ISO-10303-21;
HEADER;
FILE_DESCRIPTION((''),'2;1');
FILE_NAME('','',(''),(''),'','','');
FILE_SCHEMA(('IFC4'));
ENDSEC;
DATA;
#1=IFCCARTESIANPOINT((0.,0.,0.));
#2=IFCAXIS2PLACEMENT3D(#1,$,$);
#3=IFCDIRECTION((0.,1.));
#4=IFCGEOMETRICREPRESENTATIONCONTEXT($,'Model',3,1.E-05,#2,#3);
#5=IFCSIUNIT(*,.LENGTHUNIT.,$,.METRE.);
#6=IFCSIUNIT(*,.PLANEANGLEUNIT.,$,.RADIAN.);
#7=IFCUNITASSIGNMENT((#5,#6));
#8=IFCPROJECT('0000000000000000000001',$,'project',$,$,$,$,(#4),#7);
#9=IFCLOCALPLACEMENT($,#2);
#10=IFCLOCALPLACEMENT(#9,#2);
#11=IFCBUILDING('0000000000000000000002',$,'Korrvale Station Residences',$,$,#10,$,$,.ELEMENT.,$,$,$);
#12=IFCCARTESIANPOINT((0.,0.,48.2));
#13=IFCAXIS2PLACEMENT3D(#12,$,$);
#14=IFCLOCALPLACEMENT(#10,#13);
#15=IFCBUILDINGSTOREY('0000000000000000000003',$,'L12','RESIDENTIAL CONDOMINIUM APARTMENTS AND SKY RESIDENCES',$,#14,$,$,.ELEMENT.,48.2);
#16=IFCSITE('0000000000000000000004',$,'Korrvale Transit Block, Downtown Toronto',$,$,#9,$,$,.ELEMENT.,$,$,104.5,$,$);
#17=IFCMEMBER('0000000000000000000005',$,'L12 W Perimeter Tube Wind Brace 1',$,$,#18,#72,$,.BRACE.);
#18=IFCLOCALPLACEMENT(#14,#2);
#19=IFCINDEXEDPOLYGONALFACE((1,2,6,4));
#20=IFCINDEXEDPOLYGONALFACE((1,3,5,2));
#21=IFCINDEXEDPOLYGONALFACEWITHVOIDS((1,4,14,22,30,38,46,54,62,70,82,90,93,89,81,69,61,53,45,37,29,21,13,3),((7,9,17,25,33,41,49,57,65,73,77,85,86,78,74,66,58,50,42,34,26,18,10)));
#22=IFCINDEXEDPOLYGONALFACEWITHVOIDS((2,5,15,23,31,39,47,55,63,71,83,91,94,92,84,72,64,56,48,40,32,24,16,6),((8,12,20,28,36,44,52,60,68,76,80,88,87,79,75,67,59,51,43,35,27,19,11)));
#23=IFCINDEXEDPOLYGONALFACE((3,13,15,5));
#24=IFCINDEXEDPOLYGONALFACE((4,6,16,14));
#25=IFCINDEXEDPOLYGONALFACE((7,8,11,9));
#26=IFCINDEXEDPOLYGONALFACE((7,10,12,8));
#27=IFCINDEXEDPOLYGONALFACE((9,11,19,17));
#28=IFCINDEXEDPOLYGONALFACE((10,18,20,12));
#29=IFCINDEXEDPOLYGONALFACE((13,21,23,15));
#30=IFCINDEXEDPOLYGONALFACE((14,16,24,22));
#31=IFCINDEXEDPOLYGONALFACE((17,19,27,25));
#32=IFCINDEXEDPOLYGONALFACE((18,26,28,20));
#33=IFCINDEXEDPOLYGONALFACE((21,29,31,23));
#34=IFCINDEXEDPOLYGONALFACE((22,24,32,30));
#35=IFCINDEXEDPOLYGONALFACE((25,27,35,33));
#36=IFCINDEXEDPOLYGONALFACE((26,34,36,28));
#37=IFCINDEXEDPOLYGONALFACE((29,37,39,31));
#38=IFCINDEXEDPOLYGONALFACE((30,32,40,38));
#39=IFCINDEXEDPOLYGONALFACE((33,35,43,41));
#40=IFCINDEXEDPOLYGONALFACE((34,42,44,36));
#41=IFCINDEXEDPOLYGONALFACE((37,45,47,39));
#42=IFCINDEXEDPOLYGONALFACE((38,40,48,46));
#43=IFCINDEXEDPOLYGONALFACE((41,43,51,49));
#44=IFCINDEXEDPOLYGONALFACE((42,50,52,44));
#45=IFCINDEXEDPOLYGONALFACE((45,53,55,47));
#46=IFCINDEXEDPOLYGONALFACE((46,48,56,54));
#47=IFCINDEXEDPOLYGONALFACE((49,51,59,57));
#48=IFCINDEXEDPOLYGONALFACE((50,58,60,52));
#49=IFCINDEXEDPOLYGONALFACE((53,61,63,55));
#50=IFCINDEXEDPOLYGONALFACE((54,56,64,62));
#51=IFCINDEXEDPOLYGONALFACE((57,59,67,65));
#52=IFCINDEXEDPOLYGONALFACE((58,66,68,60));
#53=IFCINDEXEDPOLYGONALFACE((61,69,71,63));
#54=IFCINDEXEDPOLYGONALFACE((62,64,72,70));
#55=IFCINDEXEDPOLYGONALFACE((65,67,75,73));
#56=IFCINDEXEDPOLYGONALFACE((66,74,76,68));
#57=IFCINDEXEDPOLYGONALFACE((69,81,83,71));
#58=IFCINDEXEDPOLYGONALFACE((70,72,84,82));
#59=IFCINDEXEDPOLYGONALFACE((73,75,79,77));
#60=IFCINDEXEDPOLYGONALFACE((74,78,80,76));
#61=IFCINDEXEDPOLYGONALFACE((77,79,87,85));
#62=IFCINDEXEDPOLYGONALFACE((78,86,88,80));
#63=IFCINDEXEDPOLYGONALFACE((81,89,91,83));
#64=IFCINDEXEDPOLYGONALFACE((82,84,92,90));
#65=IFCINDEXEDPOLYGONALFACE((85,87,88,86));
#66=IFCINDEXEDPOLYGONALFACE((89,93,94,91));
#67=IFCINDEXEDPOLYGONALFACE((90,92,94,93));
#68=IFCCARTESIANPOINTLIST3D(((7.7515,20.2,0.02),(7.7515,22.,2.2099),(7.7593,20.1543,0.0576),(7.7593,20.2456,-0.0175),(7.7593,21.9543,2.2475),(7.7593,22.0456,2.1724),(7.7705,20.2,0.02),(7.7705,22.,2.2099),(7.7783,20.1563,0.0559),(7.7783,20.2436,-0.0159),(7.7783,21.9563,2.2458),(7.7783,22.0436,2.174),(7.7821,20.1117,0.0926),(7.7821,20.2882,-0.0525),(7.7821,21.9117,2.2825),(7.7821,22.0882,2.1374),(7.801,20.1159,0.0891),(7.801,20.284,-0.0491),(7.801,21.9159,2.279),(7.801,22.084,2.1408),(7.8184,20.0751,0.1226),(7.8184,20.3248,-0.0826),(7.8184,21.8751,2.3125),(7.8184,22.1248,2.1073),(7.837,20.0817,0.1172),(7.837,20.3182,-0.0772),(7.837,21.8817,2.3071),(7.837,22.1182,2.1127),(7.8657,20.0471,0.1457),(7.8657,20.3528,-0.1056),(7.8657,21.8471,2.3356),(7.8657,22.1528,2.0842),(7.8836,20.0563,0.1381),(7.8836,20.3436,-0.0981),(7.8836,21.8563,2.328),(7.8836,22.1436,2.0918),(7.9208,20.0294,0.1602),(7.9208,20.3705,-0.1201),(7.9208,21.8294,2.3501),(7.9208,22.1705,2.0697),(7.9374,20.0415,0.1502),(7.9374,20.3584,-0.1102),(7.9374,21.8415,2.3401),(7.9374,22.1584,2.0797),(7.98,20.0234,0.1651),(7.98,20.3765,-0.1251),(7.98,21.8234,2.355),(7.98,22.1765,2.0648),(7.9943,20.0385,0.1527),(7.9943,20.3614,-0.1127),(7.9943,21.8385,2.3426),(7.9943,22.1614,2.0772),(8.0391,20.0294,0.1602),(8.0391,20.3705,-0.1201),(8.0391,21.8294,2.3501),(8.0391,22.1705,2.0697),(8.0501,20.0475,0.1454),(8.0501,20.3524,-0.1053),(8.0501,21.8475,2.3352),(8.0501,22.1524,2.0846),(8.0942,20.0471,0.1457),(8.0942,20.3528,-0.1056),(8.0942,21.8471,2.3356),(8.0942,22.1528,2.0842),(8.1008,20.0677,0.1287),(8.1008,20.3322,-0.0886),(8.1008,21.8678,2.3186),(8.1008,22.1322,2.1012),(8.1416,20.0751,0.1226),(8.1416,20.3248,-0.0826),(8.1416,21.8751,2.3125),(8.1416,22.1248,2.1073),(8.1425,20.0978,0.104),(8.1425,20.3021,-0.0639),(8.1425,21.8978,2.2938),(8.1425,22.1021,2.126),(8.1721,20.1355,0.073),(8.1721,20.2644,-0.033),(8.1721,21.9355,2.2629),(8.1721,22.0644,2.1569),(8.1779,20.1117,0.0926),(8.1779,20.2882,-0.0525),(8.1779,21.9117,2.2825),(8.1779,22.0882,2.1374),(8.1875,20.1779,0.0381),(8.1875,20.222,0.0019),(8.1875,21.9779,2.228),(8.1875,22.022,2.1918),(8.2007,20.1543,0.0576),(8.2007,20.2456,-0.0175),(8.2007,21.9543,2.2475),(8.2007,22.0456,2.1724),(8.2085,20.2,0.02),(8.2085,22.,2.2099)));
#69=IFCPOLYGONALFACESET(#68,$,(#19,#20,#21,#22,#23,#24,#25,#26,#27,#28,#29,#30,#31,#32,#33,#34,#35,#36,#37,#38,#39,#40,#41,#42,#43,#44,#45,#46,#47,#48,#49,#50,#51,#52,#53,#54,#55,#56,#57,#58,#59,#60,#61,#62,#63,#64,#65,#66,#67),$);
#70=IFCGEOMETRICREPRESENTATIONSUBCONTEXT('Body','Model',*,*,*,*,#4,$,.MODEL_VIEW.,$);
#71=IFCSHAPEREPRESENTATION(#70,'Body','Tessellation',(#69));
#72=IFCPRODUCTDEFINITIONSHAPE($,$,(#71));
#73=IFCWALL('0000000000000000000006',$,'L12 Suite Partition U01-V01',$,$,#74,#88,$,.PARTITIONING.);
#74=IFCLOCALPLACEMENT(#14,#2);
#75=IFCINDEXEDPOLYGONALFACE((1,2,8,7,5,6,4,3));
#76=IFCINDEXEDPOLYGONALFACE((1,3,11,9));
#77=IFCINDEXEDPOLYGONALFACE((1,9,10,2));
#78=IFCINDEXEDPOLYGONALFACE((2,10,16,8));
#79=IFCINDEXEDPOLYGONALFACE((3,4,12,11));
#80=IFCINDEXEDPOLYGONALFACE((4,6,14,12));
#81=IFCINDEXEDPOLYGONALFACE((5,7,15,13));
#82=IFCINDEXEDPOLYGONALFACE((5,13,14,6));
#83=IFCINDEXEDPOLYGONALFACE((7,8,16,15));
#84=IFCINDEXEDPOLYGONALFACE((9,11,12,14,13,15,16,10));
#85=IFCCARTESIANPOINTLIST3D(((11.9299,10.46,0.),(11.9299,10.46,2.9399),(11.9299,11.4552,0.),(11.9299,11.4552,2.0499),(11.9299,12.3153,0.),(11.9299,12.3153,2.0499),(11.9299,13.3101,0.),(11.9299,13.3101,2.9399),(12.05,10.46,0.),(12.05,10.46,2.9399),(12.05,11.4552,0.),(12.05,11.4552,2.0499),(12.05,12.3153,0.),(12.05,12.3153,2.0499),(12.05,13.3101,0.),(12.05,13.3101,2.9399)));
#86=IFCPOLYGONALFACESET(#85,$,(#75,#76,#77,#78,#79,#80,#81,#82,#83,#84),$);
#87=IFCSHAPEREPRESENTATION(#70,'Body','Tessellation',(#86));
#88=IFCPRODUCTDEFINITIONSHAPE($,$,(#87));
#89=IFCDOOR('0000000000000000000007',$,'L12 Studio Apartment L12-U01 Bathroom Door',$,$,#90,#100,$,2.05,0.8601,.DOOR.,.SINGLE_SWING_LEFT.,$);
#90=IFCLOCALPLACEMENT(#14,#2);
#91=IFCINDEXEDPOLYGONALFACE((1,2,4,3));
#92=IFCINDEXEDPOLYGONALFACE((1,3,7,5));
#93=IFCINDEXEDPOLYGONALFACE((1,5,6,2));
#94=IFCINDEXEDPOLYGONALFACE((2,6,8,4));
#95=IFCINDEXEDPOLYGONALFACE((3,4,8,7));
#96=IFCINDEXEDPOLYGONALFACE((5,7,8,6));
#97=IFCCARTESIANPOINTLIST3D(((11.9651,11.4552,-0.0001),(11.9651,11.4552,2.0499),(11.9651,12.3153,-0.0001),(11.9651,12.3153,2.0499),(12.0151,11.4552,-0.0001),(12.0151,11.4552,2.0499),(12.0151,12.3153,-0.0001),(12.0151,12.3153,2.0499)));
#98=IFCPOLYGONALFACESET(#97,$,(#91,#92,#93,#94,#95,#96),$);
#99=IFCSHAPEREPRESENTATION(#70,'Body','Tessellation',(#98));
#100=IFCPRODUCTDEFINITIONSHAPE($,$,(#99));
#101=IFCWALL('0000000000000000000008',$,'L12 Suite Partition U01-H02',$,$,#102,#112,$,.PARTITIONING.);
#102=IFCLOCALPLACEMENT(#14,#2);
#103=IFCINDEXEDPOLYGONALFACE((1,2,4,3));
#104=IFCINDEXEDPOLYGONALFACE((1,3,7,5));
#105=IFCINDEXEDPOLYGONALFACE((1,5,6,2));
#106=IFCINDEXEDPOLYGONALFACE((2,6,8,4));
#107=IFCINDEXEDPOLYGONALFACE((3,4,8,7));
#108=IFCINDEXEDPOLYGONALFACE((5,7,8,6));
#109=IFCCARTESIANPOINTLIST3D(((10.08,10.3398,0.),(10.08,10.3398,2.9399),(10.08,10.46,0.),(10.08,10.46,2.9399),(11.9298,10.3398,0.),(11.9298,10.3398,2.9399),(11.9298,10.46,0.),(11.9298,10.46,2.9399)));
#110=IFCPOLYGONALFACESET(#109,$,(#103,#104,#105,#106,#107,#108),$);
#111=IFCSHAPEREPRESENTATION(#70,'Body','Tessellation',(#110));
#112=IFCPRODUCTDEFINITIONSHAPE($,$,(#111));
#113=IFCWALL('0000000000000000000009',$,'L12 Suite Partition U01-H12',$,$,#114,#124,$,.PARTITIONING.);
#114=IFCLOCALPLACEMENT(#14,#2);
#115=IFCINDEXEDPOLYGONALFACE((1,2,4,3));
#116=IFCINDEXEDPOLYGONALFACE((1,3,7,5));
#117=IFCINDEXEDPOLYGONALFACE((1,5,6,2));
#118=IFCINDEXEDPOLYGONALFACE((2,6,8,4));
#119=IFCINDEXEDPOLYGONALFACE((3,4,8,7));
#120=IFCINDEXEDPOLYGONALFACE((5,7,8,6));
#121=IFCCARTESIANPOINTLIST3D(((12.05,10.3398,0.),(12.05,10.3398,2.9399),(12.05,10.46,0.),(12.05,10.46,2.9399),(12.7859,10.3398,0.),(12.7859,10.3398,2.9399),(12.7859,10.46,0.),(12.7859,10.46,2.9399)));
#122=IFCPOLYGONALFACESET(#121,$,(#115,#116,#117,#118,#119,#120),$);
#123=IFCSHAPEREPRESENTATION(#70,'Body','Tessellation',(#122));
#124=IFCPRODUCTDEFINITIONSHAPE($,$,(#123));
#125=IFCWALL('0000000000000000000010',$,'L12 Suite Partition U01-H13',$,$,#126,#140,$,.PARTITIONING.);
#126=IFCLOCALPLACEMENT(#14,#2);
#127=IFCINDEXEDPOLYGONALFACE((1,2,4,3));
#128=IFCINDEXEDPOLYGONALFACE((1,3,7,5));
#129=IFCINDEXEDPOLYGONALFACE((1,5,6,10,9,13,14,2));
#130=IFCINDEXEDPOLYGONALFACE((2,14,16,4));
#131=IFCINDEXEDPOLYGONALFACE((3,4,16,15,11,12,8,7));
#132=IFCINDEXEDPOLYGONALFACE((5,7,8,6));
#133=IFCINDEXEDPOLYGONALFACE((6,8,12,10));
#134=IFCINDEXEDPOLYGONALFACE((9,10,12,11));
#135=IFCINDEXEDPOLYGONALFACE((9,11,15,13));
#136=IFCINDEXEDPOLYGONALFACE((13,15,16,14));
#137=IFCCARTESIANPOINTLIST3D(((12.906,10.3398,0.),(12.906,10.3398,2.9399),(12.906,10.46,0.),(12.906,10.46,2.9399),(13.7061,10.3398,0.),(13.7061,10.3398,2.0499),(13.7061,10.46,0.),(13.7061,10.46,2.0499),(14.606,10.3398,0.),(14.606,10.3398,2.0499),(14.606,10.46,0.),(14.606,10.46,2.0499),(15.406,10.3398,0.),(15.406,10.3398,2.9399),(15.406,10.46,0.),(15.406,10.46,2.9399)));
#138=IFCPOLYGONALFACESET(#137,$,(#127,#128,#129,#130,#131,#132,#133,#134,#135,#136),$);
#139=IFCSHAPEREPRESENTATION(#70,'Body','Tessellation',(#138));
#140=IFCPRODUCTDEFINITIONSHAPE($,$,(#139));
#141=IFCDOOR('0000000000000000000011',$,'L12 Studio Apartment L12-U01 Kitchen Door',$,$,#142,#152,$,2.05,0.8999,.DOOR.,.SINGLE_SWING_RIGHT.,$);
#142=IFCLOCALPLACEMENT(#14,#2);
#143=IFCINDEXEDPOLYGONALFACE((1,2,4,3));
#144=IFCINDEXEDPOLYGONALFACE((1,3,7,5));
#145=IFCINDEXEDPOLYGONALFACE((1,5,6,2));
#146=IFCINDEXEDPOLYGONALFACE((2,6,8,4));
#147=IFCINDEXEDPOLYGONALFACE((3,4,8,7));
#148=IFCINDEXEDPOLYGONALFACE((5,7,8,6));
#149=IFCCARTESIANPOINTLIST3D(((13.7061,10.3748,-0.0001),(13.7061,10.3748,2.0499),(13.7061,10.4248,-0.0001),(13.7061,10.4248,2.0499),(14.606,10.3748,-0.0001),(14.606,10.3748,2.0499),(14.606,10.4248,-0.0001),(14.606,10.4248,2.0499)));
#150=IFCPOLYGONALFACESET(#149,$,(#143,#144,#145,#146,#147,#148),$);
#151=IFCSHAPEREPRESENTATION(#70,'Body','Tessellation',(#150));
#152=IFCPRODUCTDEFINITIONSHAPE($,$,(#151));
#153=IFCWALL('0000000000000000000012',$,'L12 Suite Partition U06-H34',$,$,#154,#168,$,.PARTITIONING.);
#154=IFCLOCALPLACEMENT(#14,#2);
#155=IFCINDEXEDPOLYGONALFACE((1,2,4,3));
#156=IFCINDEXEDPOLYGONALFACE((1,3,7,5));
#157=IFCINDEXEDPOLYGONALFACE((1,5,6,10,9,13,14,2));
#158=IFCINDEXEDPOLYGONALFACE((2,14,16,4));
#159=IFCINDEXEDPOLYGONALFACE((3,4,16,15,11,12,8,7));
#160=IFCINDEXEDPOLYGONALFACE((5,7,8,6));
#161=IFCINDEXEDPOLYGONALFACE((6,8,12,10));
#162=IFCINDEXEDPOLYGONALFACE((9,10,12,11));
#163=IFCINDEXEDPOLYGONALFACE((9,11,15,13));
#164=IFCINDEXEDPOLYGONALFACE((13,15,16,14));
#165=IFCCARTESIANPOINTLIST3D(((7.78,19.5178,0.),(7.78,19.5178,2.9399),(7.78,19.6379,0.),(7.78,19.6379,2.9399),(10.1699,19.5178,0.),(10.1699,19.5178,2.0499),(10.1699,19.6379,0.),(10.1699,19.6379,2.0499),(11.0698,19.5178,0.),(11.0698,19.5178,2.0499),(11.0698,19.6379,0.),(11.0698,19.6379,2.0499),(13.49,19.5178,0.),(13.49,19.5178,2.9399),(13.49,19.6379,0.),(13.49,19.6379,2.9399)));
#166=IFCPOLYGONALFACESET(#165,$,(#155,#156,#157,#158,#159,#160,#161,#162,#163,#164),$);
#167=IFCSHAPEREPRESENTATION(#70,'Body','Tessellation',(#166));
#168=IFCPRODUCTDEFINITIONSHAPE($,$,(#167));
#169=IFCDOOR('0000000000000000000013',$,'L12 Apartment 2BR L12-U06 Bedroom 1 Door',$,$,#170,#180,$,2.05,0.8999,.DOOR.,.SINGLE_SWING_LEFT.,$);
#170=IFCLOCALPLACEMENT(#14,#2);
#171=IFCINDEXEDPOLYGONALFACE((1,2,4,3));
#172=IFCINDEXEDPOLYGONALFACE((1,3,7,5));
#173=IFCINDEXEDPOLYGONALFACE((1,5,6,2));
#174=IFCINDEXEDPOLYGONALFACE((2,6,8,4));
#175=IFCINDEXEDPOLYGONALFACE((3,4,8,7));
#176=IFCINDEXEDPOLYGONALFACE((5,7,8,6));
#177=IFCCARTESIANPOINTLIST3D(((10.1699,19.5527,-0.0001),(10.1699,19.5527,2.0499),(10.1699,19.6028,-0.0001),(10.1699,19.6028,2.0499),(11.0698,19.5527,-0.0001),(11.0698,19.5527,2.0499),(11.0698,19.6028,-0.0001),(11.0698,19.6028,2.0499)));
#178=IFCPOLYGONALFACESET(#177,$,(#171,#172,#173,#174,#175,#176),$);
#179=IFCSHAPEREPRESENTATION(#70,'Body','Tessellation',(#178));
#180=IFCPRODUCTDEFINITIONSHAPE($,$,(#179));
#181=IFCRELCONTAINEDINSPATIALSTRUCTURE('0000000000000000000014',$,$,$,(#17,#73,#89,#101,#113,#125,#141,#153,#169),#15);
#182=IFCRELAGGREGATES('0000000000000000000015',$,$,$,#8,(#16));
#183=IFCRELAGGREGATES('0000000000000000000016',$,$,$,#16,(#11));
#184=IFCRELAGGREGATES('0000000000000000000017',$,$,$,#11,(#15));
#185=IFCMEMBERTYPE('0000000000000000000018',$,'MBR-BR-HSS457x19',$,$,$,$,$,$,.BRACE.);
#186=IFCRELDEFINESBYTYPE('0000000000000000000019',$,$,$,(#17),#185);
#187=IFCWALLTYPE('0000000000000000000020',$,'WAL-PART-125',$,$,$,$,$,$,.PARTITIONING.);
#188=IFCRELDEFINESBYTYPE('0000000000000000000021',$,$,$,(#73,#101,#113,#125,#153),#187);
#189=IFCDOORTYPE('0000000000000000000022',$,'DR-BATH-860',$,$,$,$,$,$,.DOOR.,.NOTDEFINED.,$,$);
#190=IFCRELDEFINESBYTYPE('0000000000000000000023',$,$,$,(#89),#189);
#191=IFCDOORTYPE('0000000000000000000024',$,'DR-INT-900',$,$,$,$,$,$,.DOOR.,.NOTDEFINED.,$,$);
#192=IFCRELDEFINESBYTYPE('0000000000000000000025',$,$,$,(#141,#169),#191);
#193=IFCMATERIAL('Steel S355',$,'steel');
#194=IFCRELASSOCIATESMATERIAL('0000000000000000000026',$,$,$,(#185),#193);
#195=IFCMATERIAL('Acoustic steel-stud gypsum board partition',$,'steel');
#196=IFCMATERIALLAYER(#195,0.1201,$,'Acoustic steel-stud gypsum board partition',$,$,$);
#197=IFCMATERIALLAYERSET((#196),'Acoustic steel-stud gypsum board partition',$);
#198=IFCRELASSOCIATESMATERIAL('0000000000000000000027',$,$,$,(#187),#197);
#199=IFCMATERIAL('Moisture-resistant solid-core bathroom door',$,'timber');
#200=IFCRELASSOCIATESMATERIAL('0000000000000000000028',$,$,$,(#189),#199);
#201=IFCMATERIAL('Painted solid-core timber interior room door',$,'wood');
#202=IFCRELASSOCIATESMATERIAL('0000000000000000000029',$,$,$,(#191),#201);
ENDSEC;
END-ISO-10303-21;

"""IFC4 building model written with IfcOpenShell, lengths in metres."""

from ifc_helpers import new_model, si_unit, direction, frame, frame_2d, origin, origin_2d, place, context, subcontext, project, spatial, rectangle, hollow_circle, extrude, material, layer, layer_set, material_profile, profile_set, type_object, element, fill, save


model = new_model("IFC4")

# Units and contexts
model_context = context("Model", 3, precision=1e-05, world=origin(), true_north=direction((0.0, 1.0)))
body_context = subcontext(model_context, "Body", "Model", "MODEL_VIEW")
ifc_project = project(units=[si_unit("LENGTHUNIT", "METRE"), si_unit("PLANEANGLEUNIT", "RADIAN")], contexts=[model_context])

# Site, building, storey
site_placement = place(None, origin())
site = spatial("IfcSite", under=ifc_project, at=site_placement, Name="Korrvale Transit Block, Downtown Toronto", CompositionType="ELEMENT", RefElevation=104.5)
building_placement = place(site_placement, origin())
building = spatial("IfcBuilding", under=site, at=building_placement, Name="Korrvale Station Residences", CompositionType="ELEMENT")
storey_placement = place(building_placement, frame((0.0, 0.0, 48.2)))
storey = spatial("IfcBuildingStorey", under=building, at=storey_placement, Name="L12", Description="RESIDENTIAL CONDOMINIUM APARTMENTS AND SKY RESIDENCES", CompositionType="ELEMENT", Elevation=48.2)

# Shared definitions
ifc_material_1 = material(Name="Steel S355", Category="steel")

# Member
ifc_material_profile_1 = material_profile(ifc_material_1, hollow_circle(Radius=0.2285, WallThickness=0.019, at=origin_2d()), Name="HSS457x19")
ifc_profile_set_1 = profile_set([ifc_material_profile_1], Name="Steel S355")
member_type = type_object("IfcMemberType", Name="MBR-BR-HSS457x19", PredefinedType="BRACE", material=ifc_profile_set_1)
member_placement = place(storey_placement, frame((7.98, 20.2, 0.02), z_axis=(0.0, 0.634985, 0.772524), x_axis=(-1.0, 0.0, 0.0)))
element("IfcMember", 1, at=member_placement, inside=storey, type_object=member_type, Name="L12 W Perimeter Tube Wind Brace 1", PredefinedType="BRACE", context=body_context, shape_type="SweptSolid", body=[
    extrude(hollow_circle(Radius=0.2285, WallThickness=0.019, at=origin_2d()), origin(), (0.0, 0.0, 1.0), 2.8347),
])

# Wall, opening, door
ifc_material_2 = material(Name="Acoustic steel-stud gypsum board partition", Category="steel")
ifc_layer_1 = layer(ifc_material_2, 0.1201, Name="Acoustic steel-stud gypsum board partition")
ifc_layer_set_1 = layer_set([ifc_layer_1], Name="Acoustic steel-stud gypsum board partition")
wall_type_1 = type_object("IfcWallType", Name="WAL-PART-125", PredefinedType="PARTITIONING", material=ifc_layer_set_1)
wall_1_placement = place(storey_placement, frame((11.99, 10.46, 0.0), z_axis=(0.0, 0.0, 1.0), x_axis=(0.0, 1.0, 0.0)))
wall_1 = element("IfcWall", 2, at=wall_1_placement, inside=storey, type_object=wall_type_1, Name="L12 Suite Partition U01-V01", PredefinedType="PARTITIONING", context=body_context, shape_type="SweptSolid", body=[
    extrude(rectangle(XDim=2.8501, YDim=0.1201, at=frame_2d((1.425, 0.0))), origin(), (0.0, 0.0, 1.0), 2.9399),
])
opening_1_placement = place(wall_1_placement, frame((0.9951, 0.0, 0.0)))
opening_1 = element("IfcOpeningElement", 3, at=opening_1_placement, cuts=wall_1, PredefinedType="OPENING", context=body_context, shape_type="SweptSolid", body=[
    extrude(rectangle(XDim=0.8601, YDim=2.05, at=frame_2d((0.4302, 1.0249))), frame((0.0, 0.0701, 0.0), z_axis=(0.0, -1.0, 0.0), x_axis=(1.0, 0.0, 0.0)), (0.0, 0.0, 1.0), 0.1401),
])
ifc_material_3 = material(Name="Moisture-resistant solid-core bathroom door", Category="timber")
door_type_1 = type_object("IfcDoorType", Name="DR-BATH-860", OperationType="NOTDEFINED", PredefinedType="DOOR", material=ifc_material_3)
door_1_placement = place(opening_1_placement, origin())
door_1 = element("IfcDoor", 4, at=door_1_placement, inside=storey, type_object=door_type_1, Name="L12 Studio Apartment L12-U01 Bathroom Door", OperationType="SINGLE_SWING_LEFT", OverallHeight=2.05, OverallWidth=0.8601, PredefinedType="DOOR", context=body_context, shape_type="SweptSolid", body=[
    extrude(rectangle(XDim=0.8601, YDim=2.05, at=frame_2d((0.4302, 1.0249))), frame((0.0, 0.0249, 0.0), z_axis=(0.0, -1.0, 0.0), x_axis=(1.0, 0.0, 0.0)), (0.0, 0.0, 1.0), 0.05),
])
fill(opening_1, door_1)

# Walls
wall_2_placement = place(storey_placement, frame((10.0801, 10.3999, 0.0), z_axis=(0.0, 0.0, 1.0), x_axis=(1.0, 0.0, 0.0)))
element("IfcWall", 5, at=wall_2_placement, inside=storey, type_object=wall_type_1, Name="L12 Suite Partition U01-H02", PredefinedType="PARTITIONING", context=body_context, shape_type="SweptSolid", body=[
    extrude(rectangle(XDim=1.8499, YDim=0.1201, at=frame_2d((0.9248, 0.0))), origin(), (0.0, 0.0, 1.0), 2.9399),
])
wall_3_placement = place(storey_placement, frame((12.05, 10.3999, 0.0), z_axis=(0.0, 0.0, 1.0), x_axis=(1.0, 0.0, 0.0)))
element("IfcWall", 6, at=wall_3_placement, inside=storey, type_object=wall_type_1, Name="L12 Suite Partition U01-H12", PredefinedType="PARTITIONING", context=body_context, shape_type="SweptSolid", body=[
    extrude(rectangle(XDim=0.7358, YDim=0.1201, at=frame_2d((0.3679, 0.0))), origin(), (0.0, 0.0, 1.0), 2.9399),
])

# Walls, openings, doors
wall_4_placement = place(storey_placement, frame((12.906, 10.3999, 0.0), z_axis=(0.0, 0.0, 1.0), x_axis=(1.0, 0.0, 0.0)))
wall_4 = element("IfcWall", 7, at=wall_4_placement, inside=storey, type_object=wall_type_1, Name="L12 Suite Partition U01-H13", PredefinedType="PARTITIONING", context=body_context, shape_type="SweptSolid", body=[
    extrude(rectangle(XDim=2.5, YDim=0.1201, at=frame_2d((1.25, 0.0))), origin(), (0.0, 0.0, 1.0), 2.9399),
])
opening_2_placement = place(wall_4_placement, frame((0.8, 0.0, 0.0)))
opening_2 = element("IfcOpeningElement", 8, at=opening_2_placement, cuts=wall_4, PredefinedType="OPENING", context=body_context, shape_type="SweptSolid", body=[
    extrude(rectangle(XDim=0.8999, YDim=2.05, at=frame_2d((0.45, 1.0249))), frame((0.0, 0.0701, 0.0), z_axis=(0.0, -1.0, 0.0), x_axis=(1.0, 0.0, 0.0)), (0.0, 0.0, 1.0), 0.1401),
])
ifc_material_4 = material(Name="Painted solid-core timber interior room door", Category="wood")
door_type_2 = type_object("IfcDoorType", Name="DR-INT-900", OperationType="NOTDEFINED", PredefinedType="DOOR", material=ifc_material_4)
door_2_placement = place(opening_2_placement, origin())
door_2 = element("IfcDoor", 9, at=door_2_placement, inside=storey, type_object=door_type_2, Name="L12 Studio Apartment L12-U01 Kitchen Door", OperationType="SINGLE_SWING_RIGHT", OverallHeight=2.05, OverallWidth=0.8999, PredefinedType="DOOR", context=body_context, shape_type="SweptSolid", body=[
    extrude(rectangle(XDim=0.8999, YDim=2.05, at=frame_2d((0.45, 1.0249))), frame((0.0, 0.0249, 0.0), z_axis=(0.0, -1.0, 0.0), x_axis=(1.0, 0.0, 0.0)), (0.0, 0.0, 1.0), 0.05),
])
fill(opening_2, door_2)
wall_5_placement = place(storey_placement, frame((7.78, 19.5779, 0.0), z_axis=(0.0, 0.0, 1.0), x_axis=(1.0, 0.0, 0.0)))
wall_5 = element("IfcWall", 10, at=wall_5_placement, inside=storey, type_object=wall_type_1, Name="L12 Suite Partition U06-H34", PredefinedType="PARTITIONING", context=body_context, shape_type="SweptSolid", body=[
    extrude(rectangle(XDim=5.71, YDim=0.1201, at=frame_2d((2.855, 0.0))), origin(), (0.0, 0.0, 1.0), 2.9399),
])
opening_3_placement = place(wall_5_placement, frame((2.3899, 0.0, 0.0)))
opening_3 = element("IfcOpeningElement", 11, at=opening_3_placement, cuts=wall_5, PredefinedType="OPENING", context=body_context, shape_type="SweptSolid", body=[
    extrude(rectangle(XDim=0.8999, YDim=2.05, at=frame_2d((0.45, 1.0249))), frame((0.0, 0.0701, 0.0), z_axis=(0.0, -1.0, 0.0), x_axis=(1.0, 0.0, 0.0)), (0.0, 0.0, 1.0), 0.1401),
])
door_3_placement = place(opening_3_placement, origin())
door_3 = element("IfcDoor", 12, at=door_3_placement, inside=storey, type_object=door_type_2, Name="L12 Apartment 2BR L12-U06 Bedroom 1 Door", OperationType="SINGLE_SWING_LEFT", OverallHeight=2.05, OverallWidth=0.8999, PredefinedType="DOOR", context=body_context, shape_type="SweptSolid", body=[
    extrude(rectangle(XDim=0.8999, YDim=2.05, at=frame_2d((0.45, 1.0249))), frame((0.0, 0.0249, 0.0), z_axis=(0.0, -1.0, 0.0), x_axis=(1.0, 0.0, 0.0)), (0.0, 0.0, 1.0), 0.05),
])
fill(opening_3, door_3)

save(model, "model.ifc")
